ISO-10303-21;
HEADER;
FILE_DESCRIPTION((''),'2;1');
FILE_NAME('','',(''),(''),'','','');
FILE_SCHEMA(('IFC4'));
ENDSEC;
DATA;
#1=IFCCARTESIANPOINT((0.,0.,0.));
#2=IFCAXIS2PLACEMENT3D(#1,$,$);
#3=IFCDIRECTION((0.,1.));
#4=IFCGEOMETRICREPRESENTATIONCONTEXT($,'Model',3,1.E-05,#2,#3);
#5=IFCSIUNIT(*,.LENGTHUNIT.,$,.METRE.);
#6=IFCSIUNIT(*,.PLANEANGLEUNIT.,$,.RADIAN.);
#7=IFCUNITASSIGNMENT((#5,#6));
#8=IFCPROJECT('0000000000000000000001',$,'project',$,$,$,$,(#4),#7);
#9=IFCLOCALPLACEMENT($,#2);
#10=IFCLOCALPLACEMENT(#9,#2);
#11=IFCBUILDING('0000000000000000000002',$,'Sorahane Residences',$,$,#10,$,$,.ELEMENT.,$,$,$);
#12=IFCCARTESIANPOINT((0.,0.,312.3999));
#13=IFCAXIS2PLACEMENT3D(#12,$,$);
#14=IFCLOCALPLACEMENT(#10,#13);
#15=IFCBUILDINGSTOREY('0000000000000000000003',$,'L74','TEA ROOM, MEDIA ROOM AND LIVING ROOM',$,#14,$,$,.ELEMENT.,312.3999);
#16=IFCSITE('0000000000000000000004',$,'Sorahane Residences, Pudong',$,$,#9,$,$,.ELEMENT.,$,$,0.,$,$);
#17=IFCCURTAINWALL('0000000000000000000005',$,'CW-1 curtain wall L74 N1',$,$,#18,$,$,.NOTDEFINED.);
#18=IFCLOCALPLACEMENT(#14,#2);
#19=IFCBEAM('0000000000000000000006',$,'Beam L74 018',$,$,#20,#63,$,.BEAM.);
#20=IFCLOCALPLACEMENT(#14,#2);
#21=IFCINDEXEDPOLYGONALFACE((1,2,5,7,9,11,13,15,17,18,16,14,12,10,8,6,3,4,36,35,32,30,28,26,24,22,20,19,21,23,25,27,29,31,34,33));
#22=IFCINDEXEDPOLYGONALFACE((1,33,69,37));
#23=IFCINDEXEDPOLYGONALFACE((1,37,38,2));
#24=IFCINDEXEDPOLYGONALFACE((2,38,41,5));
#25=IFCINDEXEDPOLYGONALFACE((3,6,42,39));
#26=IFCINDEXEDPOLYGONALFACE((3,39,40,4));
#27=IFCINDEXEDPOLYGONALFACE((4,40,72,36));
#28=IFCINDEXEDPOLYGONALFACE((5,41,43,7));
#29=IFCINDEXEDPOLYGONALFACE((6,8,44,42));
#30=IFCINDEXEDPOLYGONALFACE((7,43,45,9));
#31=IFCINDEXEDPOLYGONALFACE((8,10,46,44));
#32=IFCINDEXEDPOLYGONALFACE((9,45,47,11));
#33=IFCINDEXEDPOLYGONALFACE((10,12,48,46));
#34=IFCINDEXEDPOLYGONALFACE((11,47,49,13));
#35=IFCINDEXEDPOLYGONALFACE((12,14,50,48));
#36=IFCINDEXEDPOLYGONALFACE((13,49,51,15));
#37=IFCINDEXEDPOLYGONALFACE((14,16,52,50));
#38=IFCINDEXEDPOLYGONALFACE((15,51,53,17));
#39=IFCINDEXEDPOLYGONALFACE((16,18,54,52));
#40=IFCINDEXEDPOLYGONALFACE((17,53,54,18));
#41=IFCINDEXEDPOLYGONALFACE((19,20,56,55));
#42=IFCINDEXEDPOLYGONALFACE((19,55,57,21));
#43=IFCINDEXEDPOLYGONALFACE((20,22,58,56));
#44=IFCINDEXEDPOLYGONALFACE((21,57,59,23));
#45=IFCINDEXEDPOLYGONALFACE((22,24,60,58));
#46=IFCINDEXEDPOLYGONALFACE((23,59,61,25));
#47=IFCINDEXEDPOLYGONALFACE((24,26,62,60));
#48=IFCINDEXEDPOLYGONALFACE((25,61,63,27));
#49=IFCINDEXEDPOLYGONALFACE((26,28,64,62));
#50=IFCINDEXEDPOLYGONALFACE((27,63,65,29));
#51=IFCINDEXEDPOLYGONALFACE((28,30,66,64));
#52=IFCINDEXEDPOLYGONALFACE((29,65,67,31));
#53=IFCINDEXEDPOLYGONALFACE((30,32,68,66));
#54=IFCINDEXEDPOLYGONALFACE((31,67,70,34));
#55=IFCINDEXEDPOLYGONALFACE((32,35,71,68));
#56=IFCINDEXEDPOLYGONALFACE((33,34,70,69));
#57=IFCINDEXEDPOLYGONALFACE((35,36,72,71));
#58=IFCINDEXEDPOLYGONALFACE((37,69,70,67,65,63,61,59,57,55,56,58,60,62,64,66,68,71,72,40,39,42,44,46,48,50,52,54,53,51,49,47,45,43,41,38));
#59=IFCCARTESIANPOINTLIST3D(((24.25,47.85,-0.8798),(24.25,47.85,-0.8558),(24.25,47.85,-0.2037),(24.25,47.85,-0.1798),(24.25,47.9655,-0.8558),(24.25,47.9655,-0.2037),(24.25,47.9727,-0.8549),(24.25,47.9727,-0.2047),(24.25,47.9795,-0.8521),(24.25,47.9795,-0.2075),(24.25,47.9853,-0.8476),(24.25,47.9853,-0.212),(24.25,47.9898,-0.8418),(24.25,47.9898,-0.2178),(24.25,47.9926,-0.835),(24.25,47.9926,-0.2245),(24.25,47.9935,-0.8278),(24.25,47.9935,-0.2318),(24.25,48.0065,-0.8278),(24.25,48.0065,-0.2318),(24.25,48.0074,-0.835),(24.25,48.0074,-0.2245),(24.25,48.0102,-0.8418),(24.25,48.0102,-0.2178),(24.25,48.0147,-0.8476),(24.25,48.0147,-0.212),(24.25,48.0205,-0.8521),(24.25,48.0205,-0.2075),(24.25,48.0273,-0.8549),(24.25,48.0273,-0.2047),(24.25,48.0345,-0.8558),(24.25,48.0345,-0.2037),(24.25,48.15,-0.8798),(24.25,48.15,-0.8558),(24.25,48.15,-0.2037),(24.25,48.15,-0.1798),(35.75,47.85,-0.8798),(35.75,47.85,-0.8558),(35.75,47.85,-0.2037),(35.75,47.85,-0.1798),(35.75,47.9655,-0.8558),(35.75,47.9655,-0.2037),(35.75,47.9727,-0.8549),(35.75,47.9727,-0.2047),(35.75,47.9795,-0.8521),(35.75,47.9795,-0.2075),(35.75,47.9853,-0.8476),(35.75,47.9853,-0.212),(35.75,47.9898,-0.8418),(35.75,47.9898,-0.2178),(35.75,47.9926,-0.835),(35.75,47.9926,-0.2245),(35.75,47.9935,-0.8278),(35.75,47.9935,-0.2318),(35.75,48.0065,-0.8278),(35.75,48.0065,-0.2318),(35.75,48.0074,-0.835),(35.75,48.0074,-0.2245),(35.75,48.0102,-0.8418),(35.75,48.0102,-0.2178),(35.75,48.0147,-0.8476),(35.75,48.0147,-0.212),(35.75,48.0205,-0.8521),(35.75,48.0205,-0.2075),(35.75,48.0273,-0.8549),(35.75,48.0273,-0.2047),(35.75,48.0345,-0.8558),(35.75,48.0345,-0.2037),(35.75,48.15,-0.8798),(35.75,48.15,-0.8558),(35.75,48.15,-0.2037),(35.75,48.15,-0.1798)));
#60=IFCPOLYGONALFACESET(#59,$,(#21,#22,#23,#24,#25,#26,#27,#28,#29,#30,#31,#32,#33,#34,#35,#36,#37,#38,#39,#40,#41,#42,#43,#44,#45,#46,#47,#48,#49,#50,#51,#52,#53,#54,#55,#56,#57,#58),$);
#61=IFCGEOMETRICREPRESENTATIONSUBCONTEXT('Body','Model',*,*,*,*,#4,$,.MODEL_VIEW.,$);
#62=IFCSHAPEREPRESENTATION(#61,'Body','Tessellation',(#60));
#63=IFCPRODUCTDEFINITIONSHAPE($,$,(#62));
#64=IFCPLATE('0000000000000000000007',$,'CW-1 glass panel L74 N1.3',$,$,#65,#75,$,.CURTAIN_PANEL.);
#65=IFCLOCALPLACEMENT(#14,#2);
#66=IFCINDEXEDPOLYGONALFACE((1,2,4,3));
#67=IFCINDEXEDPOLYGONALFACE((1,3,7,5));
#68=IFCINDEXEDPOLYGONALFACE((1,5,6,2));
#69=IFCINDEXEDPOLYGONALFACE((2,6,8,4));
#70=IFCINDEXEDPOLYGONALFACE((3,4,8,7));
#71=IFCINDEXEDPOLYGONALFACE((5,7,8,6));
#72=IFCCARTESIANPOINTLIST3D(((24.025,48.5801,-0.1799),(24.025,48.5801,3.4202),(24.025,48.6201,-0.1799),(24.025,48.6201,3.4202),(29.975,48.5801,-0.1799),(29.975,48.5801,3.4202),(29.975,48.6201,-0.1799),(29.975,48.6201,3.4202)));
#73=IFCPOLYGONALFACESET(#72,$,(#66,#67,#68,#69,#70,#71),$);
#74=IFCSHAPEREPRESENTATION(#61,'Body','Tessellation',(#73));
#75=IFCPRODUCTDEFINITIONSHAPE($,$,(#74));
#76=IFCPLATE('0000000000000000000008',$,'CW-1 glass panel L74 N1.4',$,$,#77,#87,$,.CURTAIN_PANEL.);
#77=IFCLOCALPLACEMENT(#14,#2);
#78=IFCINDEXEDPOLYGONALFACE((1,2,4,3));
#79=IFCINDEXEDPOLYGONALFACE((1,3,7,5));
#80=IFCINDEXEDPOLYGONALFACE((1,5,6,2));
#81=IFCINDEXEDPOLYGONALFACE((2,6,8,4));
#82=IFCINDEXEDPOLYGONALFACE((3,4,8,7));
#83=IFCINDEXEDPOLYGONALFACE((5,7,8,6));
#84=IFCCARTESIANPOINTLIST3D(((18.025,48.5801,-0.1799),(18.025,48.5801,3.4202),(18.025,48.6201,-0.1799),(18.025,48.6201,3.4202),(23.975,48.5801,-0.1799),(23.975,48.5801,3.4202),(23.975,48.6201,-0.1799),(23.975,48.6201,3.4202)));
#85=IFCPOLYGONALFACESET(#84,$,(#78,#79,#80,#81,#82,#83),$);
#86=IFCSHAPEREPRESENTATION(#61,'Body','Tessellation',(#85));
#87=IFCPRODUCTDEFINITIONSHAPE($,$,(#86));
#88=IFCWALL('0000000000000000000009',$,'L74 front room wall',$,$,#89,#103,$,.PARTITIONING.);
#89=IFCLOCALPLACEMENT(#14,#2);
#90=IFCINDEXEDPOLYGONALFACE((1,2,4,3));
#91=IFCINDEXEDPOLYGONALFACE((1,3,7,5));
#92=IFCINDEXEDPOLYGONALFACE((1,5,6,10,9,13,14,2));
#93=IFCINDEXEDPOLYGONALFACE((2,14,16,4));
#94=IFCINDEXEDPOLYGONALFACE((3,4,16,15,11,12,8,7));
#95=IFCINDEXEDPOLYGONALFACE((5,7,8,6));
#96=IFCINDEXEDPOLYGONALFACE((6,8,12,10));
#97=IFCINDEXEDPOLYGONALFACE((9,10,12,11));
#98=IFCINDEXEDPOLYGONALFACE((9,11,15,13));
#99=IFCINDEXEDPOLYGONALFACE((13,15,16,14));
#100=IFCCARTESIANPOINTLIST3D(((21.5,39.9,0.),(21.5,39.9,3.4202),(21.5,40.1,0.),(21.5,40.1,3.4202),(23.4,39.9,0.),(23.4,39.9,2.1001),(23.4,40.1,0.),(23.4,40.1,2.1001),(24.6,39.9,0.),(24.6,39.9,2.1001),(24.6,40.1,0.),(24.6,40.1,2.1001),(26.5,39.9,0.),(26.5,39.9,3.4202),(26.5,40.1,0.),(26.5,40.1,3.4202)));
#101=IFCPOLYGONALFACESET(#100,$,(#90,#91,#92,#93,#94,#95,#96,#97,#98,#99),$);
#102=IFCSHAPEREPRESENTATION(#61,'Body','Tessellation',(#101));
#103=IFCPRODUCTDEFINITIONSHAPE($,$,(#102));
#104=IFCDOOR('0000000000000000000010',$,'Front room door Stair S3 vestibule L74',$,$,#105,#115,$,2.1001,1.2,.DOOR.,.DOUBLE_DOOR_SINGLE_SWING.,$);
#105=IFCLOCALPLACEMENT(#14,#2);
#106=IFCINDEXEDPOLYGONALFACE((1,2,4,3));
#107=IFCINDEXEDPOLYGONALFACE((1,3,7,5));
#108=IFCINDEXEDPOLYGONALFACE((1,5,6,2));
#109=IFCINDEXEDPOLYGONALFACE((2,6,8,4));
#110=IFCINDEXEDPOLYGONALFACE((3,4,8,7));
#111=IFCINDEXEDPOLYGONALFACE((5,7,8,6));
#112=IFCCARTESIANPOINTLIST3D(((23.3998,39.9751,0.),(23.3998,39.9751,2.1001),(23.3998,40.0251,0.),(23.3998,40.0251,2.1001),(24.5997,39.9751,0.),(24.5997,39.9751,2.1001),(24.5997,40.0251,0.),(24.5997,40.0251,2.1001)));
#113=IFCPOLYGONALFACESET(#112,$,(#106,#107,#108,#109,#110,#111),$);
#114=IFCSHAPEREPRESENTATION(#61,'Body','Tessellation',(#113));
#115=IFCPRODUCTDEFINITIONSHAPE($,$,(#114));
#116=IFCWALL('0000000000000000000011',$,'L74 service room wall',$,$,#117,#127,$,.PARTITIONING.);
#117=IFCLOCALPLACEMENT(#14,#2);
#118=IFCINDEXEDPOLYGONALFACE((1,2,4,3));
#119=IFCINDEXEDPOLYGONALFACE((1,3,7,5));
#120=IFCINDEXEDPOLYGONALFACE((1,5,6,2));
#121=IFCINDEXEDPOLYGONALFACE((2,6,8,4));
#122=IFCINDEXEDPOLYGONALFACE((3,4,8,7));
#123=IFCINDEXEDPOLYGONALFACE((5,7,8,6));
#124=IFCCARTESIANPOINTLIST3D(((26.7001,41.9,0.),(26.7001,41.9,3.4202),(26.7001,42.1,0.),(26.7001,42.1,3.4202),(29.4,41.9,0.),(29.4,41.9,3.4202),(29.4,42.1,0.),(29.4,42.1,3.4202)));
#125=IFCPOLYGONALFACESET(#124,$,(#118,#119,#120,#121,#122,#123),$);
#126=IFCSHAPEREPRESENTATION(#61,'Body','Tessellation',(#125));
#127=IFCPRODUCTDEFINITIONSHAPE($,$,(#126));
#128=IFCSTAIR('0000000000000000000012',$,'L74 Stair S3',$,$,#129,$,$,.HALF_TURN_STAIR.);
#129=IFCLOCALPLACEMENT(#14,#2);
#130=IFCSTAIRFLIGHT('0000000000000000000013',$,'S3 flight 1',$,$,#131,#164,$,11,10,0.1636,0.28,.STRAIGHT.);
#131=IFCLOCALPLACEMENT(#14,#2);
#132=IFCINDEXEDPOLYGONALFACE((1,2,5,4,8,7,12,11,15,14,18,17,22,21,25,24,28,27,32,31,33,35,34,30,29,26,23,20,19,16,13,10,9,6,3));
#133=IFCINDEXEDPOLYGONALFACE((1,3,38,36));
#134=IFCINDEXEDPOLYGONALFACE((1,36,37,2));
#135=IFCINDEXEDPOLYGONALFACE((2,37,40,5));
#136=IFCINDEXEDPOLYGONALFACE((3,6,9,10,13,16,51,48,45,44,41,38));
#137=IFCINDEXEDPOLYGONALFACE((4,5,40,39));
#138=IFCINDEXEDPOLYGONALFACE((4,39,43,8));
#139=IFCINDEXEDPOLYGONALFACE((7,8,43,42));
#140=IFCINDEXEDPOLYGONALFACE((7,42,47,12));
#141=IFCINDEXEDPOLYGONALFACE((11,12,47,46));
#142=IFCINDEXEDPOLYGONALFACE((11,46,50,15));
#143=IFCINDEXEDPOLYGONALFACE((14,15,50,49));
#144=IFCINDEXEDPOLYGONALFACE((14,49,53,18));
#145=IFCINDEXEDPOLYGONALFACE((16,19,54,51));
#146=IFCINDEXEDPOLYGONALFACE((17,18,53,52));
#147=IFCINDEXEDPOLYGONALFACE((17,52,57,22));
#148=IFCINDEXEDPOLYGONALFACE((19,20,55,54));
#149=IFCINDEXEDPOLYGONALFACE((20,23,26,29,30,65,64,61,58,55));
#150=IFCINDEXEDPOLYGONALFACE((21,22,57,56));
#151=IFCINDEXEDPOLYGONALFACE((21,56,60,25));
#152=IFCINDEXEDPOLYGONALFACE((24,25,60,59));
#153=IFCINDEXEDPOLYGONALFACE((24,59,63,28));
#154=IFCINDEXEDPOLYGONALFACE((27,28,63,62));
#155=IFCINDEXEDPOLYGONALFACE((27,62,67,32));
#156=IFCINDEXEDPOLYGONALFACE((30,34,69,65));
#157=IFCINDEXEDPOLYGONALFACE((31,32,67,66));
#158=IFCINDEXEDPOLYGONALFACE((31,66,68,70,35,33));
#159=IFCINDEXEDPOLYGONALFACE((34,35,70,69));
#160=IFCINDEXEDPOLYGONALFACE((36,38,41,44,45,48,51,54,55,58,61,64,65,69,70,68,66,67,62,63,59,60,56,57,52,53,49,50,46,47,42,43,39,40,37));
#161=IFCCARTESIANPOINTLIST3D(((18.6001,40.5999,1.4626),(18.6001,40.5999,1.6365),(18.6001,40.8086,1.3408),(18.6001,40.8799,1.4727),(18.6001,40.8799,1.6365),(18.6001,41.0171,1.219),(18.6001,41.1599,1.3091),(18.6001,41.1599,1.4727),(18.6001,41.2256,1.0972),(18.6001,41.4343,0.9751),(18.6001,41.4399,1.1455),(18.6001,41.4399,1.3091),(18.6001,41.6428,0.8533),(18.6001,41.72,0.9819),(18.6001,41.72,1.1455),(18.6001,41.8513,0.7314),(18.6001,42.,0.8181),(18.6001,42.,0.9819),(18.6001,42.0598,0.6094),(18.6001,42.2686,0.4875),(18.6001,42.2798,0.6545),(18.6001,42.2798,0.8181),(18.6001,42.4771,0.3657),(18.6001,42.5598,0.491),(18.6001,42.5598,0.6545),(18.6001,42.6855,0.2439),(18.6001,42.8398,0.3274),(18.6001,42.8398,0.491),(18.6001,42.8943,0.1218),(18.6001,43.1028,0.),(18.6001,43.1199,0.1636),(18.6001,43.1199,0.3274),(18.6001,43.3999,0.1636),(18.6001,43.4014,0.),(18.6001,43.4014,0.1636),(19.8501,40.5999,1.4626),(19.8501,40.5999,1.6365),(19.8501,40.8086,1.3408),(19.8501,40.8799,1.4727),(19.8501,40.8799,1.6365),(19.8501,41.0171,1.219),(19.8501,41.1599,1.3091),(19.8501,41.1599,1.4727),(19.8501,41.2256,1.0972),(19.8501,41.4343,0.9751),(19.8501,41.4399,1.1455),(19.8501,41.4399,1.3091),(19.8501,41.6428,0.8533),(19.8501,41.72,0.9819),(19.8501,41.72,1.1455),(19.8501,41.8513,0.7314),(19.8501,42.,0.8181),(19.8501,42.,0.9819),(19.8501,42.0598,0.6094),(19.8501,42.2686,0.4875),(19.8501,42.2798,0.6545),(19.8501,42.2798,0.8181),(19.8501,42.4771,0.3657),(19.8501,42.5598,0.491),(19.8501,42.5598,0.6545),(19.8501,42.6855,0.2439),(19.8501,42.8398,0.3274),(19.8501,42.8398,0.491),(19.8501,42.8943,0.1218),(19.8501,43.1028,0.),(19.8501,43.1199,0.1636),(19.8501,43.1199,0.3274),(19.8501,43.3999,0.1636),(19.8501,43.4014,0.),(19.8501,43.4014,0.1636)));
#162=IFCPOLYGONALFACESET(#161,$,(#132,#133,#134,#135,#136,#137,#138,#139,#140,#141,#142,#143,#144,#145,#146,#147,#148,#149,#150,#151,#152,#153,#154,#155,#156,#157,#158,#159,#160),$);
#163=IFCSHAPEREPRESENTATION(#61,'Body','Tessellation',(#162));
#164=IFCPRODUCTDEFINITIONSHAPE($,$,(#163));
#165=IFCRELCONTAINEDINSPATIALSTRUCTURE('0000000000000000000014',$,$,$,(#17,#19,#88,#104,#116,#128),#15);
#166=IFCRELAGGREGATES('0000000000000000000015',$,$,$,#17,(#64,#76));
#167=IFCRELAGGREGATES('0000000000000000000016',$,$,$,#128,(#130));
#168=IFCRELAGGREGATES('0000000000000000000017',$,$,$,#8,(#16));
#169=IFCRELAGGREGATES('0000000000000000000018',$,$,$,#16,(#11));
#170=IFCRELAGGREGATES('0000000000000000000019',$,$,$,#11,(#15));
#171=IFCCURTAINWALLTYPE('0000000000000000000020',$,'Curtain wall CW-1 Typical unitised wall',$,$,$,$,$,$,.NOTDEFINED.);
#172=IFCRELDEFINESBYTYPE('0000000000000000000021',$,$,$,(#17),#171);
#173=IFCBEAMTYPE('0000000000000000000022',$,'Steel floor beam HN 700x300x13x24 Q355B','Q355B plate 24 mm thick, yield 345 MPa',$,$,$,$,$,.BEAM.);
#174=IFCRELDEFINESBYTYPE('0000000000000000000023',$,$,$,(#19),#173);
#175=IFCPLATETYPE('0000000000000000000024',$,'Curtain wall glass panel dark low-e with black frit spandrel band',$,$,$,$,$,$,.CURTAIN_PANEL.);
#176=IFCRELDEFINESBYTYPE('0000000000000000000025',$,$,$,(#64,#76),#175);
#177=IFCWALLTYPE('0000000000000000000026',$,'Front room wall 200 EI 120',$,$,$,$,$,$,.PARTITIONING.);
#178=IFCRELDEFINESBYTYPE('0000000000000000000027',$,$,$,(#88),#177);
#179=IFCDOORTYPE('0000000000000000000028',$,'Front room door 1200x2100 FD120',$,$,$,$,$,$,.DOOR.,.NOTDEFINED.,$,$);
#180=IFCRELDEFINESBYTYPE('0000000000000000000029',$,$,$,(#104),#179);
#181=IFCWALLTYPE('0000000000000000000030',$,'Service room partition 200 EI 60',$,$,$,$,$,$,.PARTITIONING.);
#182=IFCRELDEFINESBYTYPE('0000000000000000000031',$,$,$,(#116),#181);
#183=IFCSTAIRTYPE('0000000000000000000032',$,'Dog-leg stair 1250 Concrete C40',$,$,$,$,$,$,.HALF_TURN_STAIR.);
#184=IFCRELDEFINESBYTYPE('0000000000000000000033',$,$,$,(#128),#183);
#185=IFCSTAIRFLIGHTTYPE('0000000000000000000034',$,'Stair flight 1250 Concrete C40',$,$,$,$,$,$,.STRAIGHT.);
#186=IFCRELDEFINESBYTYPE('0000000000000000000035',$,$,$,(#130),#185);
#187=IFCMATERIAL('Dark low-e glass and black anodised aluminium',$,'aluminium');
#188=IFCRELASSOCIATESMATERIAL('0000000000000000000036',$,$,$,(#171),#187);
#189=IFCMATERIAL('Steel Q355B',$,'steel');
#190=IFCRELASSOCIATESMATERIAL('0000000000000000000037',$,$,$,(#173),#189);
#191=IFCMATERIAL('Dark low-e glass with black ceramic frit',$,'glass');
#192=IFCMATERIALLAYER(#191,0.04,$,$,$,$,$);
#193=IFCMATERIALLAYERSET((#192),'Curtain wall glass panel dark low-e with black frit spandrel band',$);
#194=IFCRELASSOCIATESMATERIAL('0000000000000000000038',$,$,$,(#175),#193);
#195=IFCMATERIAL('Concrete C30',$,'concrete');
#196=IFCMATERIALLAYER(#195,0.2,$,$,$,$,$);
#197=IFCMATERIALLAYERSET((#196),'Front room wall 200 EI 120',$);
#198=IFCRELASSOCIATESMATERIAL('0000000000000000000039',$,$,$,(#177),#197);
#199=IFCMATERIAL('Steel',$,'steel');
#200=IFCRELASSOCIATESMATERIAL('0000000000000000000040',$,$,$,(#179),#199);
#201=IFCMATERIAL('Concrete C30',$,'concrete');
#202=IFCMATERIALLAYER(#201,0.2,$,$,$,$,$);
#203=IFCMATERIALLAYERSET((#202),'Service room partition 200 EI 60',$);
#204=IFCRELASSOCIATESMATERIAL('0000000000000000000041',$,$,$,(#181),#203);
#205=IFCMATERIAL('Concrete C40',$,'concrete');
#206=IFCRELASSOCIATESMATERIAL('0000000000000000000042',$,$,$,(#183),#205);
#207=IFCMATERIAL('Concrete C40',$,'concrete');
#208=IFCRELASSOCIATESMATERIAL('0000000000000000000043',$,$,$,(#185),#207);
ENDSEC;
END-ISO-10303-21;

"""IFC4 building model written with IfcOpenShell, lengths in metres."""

from ifc_helpers import new_model, si_unit, direction, frame, frame_2d, origin, origin_2d, place, context, subcontext, project, spatial, polyline, rectangle, i_section, outline, extrude, material, layer, layer_set, material_profile, profile_set, type_object, element, fill, aggregate, save


model = new_model("IFC4")

# Units and contexts
model_context = context("Model", 3, precision=1e-05, world=origin(), true_north=direction((0.0, 1.0)))
body_context = subcontext(model_context, "Body", "Model", "MODEL_VIEW")
ifc_project = project(units=[si_unit("LENGTHUNIT", "METRE"), si_unit("PLANEANGLEUNIT", "RADIAN")], contexts=[model_context])

# Site, building, storey
site_placement = place(None, origin())
site = spatial("IfcSite", under=ifc_project, at=site_placement, Name="Sorahane Residences, Pudong", CompositionType="ELEMENT", RefElevation=0.0)
building_placement = place(site_placement, origin())
building = spatial("IfcBuilding", under=site, at=building_placement, Name="Sorahane Residences", CompositionType="ELEMENT")
storey_placement = place(building_placement, frame((0.0, 0.0, 312.3999)))
storey = spatial("IfcBuildingStorey", under=building, at=storey_placement, Name="L74", Description="TEA ROOM, MEDIA ROOM AND LIVING ROOM", CompositionType="ELEMENT", Elevation=312.3999)

# Curtain wall
ifc_material_1 = material(Name="Dark low-e glass and black anodised aluminium", Category="aluminium")
curtain_wall_type = type_object("IfcCurtainWallType", Name="Curtain wall CW-1 Typical unitised wall", PredefinedType="NOTDEFINED", material=ifc_material_1)
curtain_wall_placement = place(storey_placement, origin())
curtain_wall = element("IfcCurtainWall", 1, at=curtain_wall_placement, inside=storey, type_object=curtain_wall_type, Name="CW-1 curtain wall L74 N1", PredefinedType="NOTDEFINED")

# Beam
ifc_material_2 = material(Name="Steel Q355B", Category="steel")
ifc_material_profile_1 = material_profile(ifc_material_2, i_section(OverallWidth=0.3, OverallDepth=0.7, WebThickness=0.0129, FlangeThickness=0.0239, FilletRadius=0.0281, at=origin_2d()), Name="HN 700x300x13x24")
ifc_profile_set_1 = profile_set([ifc_material_profile_1], Name="Steel Q355B")
beam_type_1 = type_object("IfcBeamType", Name="Steel floor beam HN 700x300x13x24 Q355B", Description="Q355B plate 24 mm thick, yield 345 MPa", PredefinedType="BEAM", material=ifc_profile_set_1)
beam_1_placement = place(storey_placement, frame((24.25, 48.0, -0.5298), z_axis=(1.0, 0.0, 0.0), x_axis=(0.0, 1.0, 0.0)))
element("IfcBeam", 2, at=beam_1_placement, inside=storey, type_object=beam_type_1, Name="Beam L74 018", PredefinedType="BEAM", context=body_context, shape_type="SweptSolid", body=[
    extrude(i_section(OverallWidth=0.3, OverallDepth=0.7, WebThickness=0.0129, FlangeThickness=0.0239, FilletRadius=0.0281, at=origin_2d()), origin(), (0.0, 0.0, 1.0), 11.5),
])

# Plates
ifc_material_3 = material(Name="Dark low-e glass with black ceramic frit", Category="glass")
ifc_layer_1 = layer(ifc_material_3, 0.04)
ifc_layer_set_1 = layer_set([ifc_layer_1], Name="Curtain wall glass panel dark low-e with black frit spandrel band")
plate_type = type_object("IfcPlateType", Name="Curtain wall glass panel dark low-e with black frit spandrel band", PredefinedType="CURTAIN_PANEL", material=ifc_layer_set_1)
plate_1_placement = place(storey_placement, frame((27.0, 48.6001, -0.1799), z_axis=(0.0, 0.0, 1.0), x_axis=(-1.0, 0.0, 0.0)))
plate_1 = element("IfcPlate", 3, at=plate_1_placement, type_object=plate_type, Name="CW-1 glass panel L74 N1.3", PredefinedType="CURTAIN_PANEL", context=body_context, shape_type="SweptSolid", body=[
    extrude(rectangle(XDim=5.95, YDim=0.04, at=origin_2d()), origin(), (0.0, 0.0, 1.0), 3.6001),
])
plate_2_placement = place(storey_placement, frame((21.0, 48.6001, -0.1799), z_axis=(0.0, 0.0, 1.0), x_axis=(-1.0, 0.0, 0.0)))
plate_2 = element("IfcPlate", 4, at=plate_2_placement, type_object=plate_type, Name="CW-1 glass panel L74 N1.4", PredefinedType="CURTAIN_PANEL", context=body_context, shape_type="SweptSolid", body=[
    extrude(rectangle(XDim=5.95, YDim=0.04, at=origin_2d()), origin(), (0.0, 0.0, 1.0), 3.6001),
])
aggregate(curtain_wall, [plate_1, plate_2])

# Wall, opening, door
ifc_material_4 = material(Name="Concrete C30", Category="concrete")
ifc_layer_2 = layer(ifc_material_4, 0.2)
ifc_layer_set_2 = layer_set([ifc_layer_2], Name="Front room wall 200 EI 120")
wall_type_1 = type_object("IfcWallType", Name="Front room wall 200 EI 120", PredefinedType="PARTITIONING", material=ifc_layer_set_2)
wall_1_placement = place(storey_placement, frame((21.5, 40.0, 0.0), z_axis=(0.0, 0.0, 1.0), x_axis=(1.0, 0.0, 0.0)))
wall_1 = element("IfcWall", 5, at=wall_1_placement, inside=storey, type_object=wall_type_1, Name="L74 front room wall", PredefinedType="PARTITIONING", context=body_context, shape_type="SweptSolid", body=[
    extrude(rectangle(XDim=5.0, YDim=0.2, at=frame_2d((2.5, 0.0))), origin(), (0.0, 0.0, 1.0), 3.4202),
])
opening_placement = place(wall_1_placement, frame((1.8999, 0.0, 0.0)))
opening = element("IfcOpeningElement", 6, at=opening_placement, cuts=wall_1, PredefinedType="OPENING", context=body_context, shape_type="SweptSolid", body=[
    extrude(rectangle(XDim=1.2, YDim=2.1001, at=frame_2d((0.6001, 1.05))), frame((0.0, 0.1099, 0.0), z_axis=(0.0, -1.0, 0.0), x_axis=(1.0, 0.0, 0.0)), (0.0, 0.0, 1.0), 0.22),
])
ifc_material_5 = material(Name="Steel", Category="steel")
door_type = type_object("IfcDoorType", Name="Front room door 1200x2100 FD120", OperationType="NOTDEFINED", PredefinedType="DOOR", material=ifc_material_5)
door_placement = place(opening_placement, frame((1.2, 0.0, 0.0), z_axis=(0.0, 0.0, 1.0), x_axis=(-1.0, 0.0, 0.0)))
door = element("IfcDoor", 7, at=door_placement, inside=storey, type_object=door_type, Name="Front room door Stair S3 vestibule L74", OperationType="DOUBLE_DOOR_SINGLE_SWING", OverallHeight=2.1001, OverallWidth=1.2, PredefinedType="DOOR", context=body_context, shape_type="SweptSolid", body=[
    extrude(rectangle(XDim=1.2, YDim=2.1001, at=frame_2d((0.6001, 1.05))), frame((0.0, 0.0249, 0.0), z_axis=(0.0, -1.0, 0.0), x_axis=(1.0, 0.0, 0.0)), (0.0, 0.0, 1.0), 0.05),
])
fill(opening, door)

# Wall
ifc_material_6 = material(Name="Concrete C30", Category="concrete")
ifc_layer_3 = layer(ifc_material_6, 0.2)
ifc_layer_set_3 = layer_set([ifc_layer_3], Name="Service room partition 200 EI 60")
wall_type_2 = type_object("IfcWallType", Name="Service room partition 200 EI 60", PredefinedType="PARTITIONING", material=ifc_layer_set_3)
wall_2_placement = place(storey_placement, frame((26.7, 42.0, 0.0), z_axis=(0.0, 0.0, 1.0), x_axis=(1.0, 0.0, 0.0)))
element("IfcWall", 8, at=wall_2_placement, inside=storey, type_object=wall_type_2, Name="L74 service room wall", PredefinedType="PARTITIONING", context=body_context, shape_type="SweptSolid", body=[
    extrude(rectangle(XDim=2.7, YDim=0.2, at=frame_2d((1.3501, 0.0))), origin(), (0.0, 0.0, 1.0), 3.4202),
])

# Stair, stair flight
ifc_material_7 = material(Name="Concrete C40", Category="concrete")
stair_type = type_object("IfcStairType", Name="Dog-leg stair 1250 Concrete C40", PredefinedType="HALF_TURN_STAIR", material=ifc_material_7)
stair_placement = place(storey_placement, origin())
stair = element("IfcStair", 9, at=stair_placement, inside=storey, type_object=stair_type, Name="L74 Stair S3", PredefinedType="HALF_TURN_STAIR")
ifc_material_8 = material(Name="Concrete C40", Category="concrete")
stair_flight_type = type_object("IfcStairFlightType", Name="Stair flight 1250 Concrete C40", PredefinedType="STRAIGHT", material=ifc_material_8)
stair_flight_1_placement = place(storey_placement, frame((19.2251, 43.3999, 0.0), z_axis=(0.0, 0.0, 1.0), x_axis=(0.0, -1.0, 0.0)))
stair_flight_1 = element("IfcStairFlight", 10, at=stair_flight_1_placement, type_object=stair_flight_type, Name="S3 flight 1", NumberOfRisers=11, NumberOfTreads=10, PredefinedType="STRAIGHT", RiserHeight=0.1636, TreadLength=0.28, context=body_context, shape_type="SweptSolid", body=[
    extrude(outline(polyline([(-0.0015, 0.0), (-0.0015, 0.1636), (0.0, 0.1636), (0.28, 0.1636), (0.28, 0.3274), (0.5601, 0.3274), (0.5601, 0.491), (0.8401, 0.491), (0.8401, 0.6545), (1.1201, 0.6545), (1.1201, 0.8181), (1.3999, 0.8181), (1.3999, 0.9819), (1.6799, 0.9819), (1.6799, 1.1455), (1.96, 1.1455), (1.96, 1.3091), (2.24, 1.3091), (2.24, 1.4727), (2.52, 1.4727), (2.52, 1.6365), (2.8, 1.6365), (2.8, 1.8), (2.8, 1.4626), (2.5913, 1.3408), (2.3828, 1.219), (2.1743, 1.0972), (1.9656, 0.9751), (1.7571, 0.8533), (1.5486, 0.7314), (1.3401, 0.6094), (1.1313, 0.4875), (0.9229, 0.3657), (0.7144, 0.2439), (0.5056, 0.1218), (0.2971, 0.0), (-0.0015, 0.0)])), frame((0.0, 0.625, 0.0), z_axis=(0.0, -1.0, 0.0), x_axis=(1.0, 0.0, 0.0)), (0.0, 0.0, 1.0), 1.25),
])
aggregate(stair, [stair_flight_1])

save(model, "model.ifc")
